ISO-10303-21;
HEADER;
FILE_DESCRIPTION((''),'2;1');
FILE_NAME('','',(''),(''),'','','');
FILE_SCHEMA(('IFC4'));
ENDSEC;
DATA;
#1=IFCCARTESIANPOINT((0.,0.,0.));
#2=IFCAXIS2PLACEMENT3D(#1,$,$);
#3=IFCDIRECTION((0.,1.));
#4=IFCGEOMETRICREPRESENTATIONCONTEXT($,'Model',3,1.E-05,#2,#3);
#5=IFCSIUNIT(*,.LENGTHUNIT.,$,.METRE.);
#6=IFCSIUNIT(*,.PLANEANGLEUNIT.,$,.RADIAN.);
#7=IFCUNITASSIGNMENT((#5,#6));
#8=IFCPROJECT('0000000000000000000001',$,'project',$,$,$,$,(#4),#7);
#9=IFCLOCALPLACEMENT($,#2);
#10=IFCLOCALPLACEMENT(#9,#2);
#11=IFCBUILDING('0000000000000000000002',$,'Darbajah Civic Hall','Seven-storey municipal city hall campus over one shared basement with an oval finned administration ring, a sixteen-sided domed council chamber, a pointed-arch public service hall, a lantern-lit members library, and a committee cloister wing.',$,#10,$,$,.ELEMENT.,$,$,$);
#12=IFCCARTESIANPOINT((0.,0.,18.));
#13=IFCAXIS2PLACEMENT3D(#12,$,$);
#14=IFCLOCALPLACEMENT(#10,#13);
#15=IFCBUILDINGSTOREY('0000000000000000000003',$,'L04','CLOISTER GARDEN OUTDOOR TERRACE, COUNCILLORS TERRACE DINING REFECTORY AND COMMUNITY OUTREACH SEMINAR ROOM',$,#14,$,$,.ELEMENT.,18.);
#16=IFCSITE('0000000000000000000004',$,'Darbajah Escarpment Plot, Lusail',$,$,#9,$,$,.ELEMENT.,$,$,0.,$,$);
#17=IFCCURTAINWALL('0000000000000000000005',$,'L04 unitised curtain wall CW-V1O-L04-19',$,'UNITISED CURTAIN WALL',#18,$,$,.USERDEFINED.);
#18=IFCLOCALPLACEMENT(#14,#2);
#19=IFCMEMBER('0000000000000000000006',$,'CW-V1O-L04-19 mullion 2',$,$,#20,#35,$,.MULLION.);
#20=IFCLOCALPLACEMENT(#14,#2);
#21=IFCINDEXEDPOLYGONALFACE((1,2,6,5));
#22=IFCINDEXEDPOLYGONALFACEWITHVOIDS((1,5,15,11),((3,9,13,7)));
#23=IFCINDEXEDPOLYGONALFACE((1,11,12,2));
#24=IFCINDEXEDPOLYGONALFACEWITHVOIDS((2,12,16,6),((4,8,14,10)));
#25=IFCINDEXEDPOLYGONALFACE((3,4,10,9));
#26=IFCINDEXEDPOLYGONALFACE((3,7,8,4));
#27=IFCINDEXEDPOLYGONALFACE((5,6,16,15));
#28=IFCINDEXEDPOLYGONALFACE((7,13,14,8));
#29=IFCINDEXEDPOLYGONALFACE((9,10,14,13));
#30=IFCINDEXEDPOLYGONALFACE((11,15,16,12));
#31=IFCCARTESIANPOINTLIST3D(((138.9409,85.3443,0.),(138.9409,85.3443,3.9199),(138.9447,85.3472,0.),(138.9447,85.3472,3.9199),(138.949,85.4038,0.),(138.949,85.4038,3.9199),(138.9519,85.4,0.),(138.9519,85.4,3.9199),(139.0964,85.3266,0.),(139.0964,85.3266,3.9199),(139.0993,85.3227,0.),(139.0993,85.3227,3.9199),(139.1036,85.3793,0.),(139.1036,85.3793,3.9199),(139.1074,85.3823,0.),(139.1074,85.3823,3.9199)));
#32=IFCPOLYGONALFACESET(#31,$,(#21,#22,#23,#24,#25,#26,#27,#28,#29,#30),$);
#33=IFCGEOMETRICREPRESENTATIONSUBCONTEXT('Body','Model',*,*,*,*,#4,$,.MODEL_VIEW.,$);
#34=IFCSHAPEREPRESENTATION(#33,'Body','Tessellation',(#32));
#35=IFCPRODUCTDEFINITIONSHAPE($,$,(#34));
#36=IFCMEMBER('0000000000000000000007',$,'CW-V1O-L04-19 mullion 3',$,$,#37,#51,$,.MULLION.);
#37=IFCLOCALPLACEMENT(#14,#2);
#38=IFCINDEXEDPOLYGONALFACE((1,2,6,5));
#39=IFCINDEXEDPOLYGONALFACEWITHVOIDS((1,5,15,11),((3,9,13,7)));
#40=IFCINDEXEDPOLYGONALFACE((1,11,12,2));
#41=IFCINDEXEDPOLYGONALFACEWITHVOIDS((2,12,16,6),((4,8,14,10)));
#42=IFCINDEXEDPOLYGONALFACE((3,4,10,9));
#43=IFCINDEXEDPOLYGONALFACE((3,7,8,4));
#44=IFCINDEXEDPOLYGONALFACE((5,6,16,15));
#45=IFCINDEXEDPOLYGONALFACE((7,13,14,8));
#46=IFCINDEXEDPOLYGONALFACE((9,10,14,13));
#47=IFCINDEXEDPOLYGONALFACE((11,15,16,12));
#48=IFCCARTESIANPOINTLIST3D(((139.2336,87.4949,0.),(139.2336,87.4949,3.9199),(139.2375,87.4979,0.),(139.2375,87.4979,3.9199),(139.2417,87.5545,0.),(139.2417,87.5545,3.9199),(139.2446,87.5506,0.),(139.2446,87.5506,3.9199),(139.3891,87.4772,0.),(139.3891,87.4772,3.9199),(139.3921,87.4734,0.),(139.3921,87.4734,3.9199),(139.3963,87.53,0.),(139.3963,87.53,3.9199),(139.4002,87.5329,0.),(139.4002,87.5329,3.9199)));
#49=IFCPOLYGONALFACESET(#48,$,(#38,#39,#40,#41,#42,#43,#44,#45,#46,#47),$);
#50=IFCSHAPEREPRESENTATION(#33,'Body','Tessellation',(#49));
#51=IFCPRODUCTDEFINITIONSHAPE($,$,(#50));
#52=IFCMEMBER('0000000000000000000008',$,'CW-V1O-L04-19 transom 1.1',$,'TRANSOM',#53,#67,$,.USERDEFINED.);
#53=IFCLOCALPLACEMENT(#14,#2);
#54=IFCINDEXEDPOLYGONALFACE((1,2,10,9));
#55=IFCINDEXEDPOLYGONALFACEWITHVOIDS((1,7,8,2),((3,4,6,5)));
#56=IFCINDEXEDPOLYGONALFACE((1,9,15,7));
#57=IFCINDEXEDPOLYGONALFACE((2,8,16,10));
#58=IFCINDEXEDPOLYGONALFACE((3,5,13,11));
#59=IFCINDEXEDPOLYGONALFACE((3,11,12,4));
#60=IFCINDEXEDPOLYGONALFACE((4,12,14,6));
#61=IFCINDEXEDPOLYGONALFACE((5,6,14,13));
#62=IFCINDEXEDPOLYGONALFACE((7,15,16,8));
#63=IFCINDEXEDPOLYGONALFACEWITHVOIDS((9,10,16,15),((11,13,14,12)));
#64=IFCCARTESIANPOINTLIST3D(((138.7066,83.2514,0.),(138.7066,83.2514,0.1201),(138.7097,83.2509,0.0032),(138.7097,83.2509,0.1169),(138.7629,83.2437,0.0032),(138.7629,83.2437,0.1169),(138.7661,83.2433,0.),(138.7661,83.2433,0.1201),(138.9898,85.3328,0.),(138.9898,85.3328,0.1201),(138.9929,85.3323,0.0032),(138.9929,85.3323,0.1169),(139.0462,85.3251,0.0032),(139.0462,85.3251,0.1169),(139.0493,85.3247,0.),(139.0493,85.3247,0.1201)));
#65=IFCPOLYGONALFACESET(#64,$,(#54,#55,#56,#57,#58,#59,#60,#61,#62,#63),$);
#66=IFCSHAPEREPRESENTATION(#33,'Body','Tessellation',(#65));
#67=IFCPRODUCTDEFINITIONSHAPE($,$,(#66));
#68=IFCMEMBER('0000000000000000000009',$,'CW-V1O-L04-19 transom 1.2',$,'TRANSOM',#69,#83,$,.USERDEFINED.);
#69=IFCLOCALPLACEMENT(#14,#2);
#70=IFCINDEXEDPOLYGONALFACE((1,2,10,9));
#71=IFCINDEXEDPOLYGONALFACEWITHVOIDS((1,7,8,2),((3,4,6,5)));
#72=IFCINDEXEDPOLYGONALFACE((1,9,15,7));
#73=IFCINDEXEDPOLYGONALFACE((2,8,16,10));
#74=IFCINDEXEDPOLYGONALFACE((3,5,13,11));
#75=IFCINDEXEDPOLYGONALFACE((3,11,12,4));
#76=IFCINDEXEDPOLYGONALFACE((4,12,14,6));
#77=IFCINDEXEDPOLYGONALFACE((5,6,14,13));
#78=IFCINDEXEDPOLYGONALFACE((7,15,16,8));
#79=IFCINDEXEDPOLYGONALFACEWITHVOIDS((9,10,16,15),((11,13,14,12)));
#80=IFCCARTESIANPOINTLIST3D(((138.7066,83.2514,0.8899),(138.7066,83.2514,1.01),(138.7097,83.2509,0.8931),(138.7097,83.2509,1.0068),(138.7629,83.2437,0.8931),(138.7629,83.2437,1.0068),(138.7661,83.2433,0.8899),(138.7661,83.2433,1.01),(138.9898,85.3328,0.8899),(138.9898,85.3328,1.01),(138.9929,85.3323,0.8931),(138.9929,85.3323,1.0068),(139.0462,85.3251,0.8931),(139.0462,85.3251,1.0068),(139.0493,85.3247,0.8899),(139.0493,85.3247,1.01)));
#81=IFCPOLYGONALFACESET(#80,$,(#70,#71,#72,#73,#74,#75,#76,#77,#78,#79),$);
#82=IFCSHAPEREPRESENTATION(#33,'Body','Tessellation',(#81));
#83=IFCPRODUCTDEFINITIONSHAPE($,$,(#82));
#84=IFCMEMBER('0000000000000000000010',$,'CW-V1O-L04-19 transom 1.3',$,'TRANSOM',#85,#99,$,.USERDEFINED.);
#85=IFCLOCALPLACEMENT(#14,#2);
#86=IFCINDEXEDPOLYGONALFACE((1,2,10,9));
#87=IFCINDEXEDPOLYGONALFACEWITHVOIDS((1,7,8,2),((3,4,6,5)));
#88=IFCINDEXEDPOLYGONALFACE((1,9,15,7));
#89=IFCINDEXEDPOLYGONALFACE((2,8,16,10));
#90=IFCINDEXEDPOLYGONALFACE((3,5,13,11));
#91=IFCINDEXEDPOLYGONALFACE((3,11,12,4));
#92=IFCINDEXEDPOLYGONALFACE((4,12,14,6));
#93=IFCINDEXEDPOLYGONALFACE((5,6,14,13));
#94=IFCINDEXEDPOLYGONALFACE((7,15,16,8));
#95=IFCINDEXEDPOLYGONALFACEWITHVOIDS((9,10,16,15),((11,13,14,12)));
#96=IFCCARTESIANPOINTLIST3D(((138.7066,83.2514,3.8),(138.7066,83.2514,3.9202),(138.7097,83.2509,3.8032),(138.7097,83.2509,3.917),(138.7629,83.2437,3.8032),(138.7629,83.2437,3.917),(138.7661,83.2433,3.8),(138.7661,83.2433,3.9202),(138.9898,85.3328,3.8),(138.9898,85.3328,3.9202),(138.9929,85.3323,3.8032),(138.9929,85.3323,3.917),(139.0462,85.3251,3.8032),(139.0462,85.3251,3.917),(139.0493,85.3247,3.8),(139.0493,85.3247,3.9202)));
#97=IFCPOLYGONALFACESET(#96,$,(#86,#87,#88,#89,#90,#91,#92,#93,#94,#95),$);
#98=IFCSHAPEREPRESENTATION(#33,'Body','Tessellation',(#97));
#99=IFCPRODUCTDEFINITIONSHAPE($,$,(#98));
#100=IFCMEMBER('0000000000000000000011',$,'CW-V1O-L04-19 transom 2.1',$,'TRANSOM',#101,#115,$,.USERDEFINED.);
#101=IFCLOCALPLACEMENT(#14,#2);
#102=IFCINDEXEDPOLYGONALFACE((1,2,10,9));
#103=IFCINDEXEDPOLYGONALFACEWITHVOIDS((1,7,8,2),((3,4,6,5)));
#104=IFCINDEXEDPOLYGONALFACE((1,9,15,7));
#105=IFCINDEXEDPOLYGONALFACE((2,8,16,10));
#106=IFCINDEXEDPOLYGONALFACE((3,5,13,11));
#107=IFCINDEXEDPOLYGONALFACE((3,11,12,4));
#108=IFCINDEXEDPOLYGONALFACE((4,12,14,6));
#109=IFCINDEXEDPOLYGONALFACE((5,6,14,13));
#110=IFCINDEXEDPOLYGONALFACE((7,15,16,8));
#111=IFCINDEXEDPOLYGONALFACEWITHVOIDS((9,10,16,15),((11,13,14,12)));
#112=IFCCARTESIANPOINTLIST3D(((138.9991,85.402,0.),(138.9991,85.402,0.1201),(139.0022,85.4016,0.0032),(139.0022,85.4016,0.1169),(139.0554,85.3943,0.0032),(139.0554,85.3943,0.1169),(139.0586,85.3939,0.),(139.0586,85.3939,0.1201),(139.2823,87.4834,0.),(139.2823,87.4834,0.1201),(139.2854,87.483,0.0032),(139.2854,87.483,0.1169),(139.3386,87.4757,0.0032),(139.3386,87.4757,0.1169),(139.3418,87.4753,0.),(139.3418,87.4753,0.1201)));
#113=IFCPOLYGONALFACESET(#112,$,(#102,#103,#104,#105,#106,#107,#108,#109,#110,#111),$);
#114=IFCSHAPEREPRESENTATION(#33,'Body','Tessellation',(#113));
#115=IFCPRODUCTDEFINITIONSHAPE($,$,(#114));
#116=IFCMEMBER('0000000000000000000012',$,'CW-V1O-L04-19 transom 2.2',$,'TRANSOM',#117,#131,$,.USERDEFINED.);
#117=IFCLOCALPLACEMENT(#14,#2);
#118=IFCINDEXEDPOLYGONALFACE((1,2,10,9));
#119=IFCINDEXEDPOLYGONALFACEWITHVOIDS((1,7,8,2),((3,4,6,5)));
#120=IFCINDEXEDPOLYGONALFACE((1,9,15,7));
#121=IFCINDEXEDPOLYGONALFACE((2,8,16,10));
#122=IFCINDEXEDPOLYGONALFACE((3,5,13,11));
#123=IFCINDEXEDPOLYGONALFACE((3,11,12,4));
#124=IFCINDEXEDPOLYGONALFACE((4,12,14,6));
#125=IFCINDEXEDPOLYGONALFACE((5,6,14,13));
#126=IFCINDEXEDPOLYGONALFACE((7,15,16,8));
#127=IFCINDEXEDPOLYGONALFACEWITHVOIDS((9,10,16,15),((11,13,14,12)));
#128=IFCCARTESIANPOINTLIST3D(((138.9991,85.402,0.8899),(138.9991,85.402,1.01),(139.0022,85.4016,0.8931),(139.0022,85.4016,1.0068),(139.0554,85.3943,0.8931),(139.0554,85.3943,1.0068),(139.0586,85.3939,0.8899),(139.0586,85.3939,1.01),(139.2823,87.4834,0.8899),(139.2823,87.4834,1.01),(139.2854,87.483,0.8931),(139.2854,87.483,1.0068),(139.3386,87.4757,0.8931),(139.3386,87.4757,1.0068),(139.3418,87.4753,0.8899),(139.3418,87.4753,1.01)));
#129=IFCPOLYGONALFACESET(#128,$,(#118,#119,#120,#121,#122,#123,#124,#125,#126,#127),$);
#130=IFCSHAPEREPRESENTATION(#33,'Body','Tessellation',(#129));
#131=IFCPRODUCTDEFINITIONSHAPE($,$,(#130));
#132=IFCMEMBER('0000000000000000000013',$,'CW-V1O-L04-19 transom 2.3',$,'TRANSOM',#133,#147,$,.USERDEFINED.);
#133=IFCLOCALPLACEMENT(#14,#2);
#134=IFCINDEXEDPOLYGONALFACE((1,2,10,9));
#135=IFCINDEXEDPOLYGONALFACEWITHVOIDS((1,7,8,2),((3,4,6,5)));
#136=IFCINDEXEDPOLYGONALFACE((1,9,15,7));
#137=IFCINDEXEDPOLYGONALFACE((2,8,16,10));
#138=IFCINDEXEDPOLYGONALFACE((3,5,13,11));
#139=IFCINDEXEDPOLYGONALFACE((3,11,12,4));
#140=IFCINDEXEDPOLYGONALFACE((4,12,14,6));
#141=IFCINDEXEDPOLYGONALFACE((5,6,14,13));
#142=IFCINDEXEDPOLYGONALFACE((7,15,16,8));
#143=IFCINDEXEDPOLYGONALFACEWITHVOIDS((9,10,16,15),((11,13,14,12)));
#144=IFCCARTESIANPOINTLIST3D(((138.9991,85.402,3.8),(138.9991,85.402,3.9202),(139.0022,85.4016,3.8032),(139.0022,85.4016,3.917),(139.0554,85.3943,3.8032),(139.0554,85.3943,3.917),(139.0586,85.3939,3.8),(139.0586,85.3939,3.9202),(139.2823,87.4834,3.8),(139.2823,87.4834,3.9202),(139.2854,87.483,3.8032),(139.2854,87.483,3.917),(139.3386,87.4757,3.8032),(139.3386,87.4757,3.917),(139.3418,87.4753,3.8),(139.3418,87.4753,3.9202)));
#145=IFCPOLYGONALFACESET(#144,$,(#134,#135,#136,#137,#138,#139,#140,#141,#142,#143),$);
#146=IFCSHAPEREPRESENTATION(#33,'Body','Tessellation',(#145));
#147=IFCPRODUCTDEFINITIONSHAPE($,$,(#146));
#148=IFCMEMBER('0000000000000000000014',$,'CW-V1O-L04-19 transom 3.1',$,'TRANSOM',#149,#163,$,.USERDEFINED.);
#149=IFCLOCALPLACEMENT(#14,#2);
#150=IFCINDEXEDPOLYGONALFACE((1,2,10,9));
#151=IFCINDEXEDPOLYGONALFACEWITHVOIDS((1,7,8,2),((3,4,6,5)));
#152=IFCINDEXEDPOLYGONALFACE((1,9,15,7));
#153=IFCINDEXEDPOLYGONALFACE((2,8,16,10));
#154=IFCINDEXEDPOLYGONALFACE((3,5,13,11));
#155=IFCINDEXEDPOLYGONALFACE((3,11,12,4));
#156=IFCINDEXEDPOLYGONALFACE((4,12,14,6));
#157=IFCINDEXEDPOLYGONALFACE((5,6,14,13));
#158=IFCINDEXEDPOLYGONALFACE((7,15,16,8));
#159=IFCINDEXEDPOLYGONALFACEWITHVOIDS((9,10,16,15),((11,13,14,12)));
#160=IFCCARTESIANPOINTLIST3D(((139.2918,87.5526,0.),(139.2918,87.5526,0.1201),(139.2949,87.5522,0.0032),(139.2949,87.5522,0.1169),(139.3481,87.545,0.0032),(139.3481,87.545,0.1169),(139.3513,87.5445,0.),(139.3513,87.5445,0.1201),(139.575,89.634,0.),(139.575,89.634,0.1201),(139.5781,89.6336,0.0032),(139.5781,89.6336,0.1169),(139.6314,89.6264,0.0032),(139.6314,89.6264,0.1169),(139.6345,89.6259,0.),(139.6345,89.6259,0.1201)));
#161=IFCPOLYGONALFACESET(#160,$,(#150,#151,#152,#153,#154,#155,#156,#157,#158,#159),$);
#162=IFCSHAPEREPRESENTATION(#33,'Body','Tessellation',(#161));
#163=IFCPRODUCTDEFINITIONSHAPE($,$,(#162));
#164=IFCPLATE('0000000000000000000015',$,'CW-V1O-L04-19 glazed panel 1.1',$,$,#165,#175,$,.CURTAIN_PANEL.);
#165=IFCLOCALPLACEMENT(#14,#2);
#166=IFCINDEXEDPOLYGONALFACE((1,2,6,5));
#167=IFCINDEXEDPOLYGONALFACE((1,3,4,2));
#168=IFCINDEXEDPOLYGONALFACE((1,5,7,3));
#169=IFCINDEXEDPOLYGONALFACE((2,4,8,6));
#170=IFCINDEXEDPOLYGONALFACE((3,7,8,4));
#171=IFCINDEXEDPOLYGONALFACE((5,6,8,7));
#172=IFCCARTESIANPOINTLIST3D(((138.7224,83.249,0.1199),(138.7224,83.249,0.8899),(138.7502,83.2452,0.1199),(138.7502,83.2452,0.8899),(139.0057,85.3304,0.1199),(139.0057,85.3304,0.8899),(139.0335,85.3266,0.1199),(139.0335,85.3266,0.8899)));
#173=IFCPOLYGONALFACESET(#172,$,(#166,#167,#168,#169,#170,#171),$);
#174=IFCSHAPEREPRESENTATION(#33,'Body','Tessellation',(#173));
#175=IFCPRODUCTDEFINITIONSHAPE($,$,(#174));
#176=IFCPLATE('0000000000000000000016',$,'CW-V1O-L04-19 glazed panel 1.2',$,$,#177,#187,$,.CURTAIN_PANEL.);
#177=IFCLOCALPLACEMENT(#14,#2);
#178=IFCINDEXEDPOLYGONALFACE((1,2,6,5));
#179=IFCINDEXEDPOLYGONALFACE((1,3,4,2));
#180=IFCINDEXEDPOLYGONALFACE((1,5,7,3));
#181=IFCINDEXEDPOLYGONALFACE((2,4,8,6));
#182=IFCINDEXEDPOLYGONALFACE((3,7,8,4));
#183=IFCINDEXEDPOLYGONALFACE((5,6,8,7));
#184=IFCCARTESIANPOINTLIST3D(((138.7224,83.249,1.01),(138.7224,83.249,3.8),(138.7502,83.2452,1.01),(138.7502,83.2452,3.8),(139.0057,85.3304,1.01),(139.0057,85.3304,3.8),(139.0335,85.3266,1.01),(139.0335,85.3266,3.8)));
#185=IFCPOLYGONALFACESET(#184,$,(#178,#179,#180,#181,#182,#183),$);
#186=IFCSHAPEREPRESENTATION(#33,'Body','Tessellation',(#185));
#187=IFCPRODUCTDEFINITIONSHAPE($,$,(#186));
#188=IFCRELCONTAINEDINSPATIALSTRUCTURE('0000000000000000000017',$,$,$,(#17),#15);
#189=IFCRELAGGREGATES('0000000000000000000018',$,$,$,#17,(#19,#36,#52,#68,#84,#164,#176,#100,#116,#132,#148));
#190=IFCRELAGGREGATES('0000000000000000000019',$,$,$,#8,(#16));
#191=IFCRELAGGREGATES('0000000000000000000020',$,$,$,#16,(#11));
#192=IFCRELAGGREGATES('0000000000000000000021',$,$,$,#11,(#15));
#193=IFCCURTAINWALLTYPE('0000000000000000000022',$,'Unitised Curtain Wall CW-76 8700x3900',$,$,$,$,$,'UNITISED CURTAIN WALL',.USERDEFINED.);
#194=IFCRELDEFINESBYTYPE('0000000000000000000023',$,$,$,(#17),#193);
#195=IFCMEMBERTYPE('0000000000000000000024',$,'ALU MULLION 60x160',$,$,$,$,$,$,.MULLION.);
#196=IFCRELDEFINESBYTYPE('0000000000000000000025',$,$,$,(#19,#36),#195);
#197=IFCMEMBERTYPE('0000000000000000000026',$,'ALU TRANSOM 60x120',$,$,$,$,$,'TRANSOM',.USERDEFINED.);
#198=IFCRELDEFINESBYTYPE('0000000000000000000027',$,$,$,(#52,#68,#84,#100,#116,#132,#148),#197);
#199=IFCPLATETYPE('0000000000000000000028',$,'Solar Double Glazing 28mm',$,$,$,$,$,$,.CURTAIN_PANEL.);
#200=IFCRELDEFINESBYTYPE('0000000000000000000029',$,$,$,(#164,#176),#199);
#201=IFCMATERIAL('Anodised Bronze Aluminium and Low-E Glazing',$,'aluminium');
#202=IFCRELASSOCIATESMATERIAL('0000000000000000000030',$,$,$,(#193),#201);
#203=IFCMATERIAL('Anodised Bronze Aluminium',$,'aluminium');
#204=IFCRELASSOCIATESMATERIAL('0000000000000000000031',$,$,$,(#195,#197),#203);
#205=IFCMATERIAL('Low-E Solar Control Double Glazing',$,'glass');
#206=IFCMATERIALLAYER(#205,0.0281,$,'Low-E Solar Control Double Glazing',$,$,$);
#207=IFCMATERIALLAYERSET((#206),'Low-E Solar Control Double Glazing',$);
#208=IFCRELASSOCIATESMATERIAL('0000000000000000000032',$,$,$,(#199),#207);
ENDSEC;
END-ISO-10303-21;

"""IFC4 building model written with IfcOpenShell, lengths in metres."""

from ifc_helpers import new_model, si_unit, direction, frame, origin, origin_2d, place, context, subcontext, project, spatial, rectangle, hollow_rectangle, extrude, material, layer, layer_set, material_profile, profile_set, type_object, element, aggregate, save


model = new_model("IFC4")

# Units and contexts
model_context = context("Model", 3, precision=1e-05, world=origin(), true_north=direction((0.0, 1.0)))
body_context = subcontext(model_context, "Body", "Model", "MODEL_VIEW")
ifc_project = project(units=[si_unit("LENGTHUNIT", "METRE"), si_unit("PLANEANGLEUNIT", "RADIAN")], contexts=[model_context])

# Site, building, storey
site_placement = place(None, origin())
site = spatial("IfcSite", under=ifc_project, at=site_placement, Name="Darbajah Escarpment Plot, Lusail", CompositionType="ELEMENT", RefElevation=0.0)
building_placement = place(site_placement, origin())
building = spatial("IfcBuilding", under=site, at=building_placement, Name="Darbajah Civic Hall", Description="Seven-storey municipal city hall campus over one shared basement with an oval finned administration ring, a sixteen-sided domed council chamber, a pointed-arch public service hall, a lantern-lit members library, and a committee cloister wing.", CompositionType="ELEMENT")
storey_placement = place(building_placement, frame((0.0, 0.0, 18.0)))
storey = spatial("IfcBuildingStorey", under=building, at=storey_placement, Name="L04", Description="CLOISTER GARDEN OUTDOOR TERRACE, COUNCILLORS TERRACE DINING REFECTORY AND COMMUNITY OUTREACH SEMINAR ROOM", CompositionType="ELEMENT", Elevation=18.0)

# Curtain wall, members, plates
ifc_material_1 = material(Name="Anodised Bronze Aluminium and Low-E Glazing", Category="aluminium")
curtain_wall_type = type_object("IfcCurtainWallType", Name="Unitised Curtain Wall CW-76 8700x3900", ElementType="UNITISED CURTAIN WALL", PredefinedType="USERDEFINED", material=ifc_material_1)
curtain_wall_placement = place(storey_placement, origin())
curtain_wall = element("IfcCurtainWall", 1, at=curtain_wall_placement, inside=storey, type_object=curtain_wall_type, Name="L04 unitised curtain wall CW-V1O-L04-19", ObjectType="UNITISED CURTAIN WALL", PredefinedType="USERDEFINED")
ifc_material_2 = material(Name="Anodised Bronze Aluminium", Category="aluminium")
ifc_material_profile_1 = material_profile(ifc_material_2, hollow_rectangle(XDim=0.0601, YDim=0.1599, WallThickness=0.0034, at=origin_2d()), Name="ALU MULLION 60x160")
ifc_profile_set_1 = profile_set([ifc_material_profile_1], Name="Anodised Bronze Aluminium")
member_type_1 = type_object("IfcMemberType", Name="ALU MULLION 60x160", PredefinedType="MULLION", material=ifc_profile_set_1)
member_1_placement = place(storey_placement, frame((139.0242, 85.3633, 0.0), z_axis=(0.0, 0.0, 1.0), x_axis=(0.134851, 0.990866, 0.0)))
member_1 = element("IfcMember", 2, at=member_1_placement, type_object=member_type_1, Name="CW-V1O-L04-19 mullion 2", PredefinedType="MULLION", context=body_context, shape_type="SweptSolid", body=[
    extrude(hollow_rectangle(XDim=0.0601, YDim=0.1599, WallThickness=0.0034, at=origin_2d()), origin(), (0.0, 0.0, 1.0), 3.9199),
])
member_2_placement = place(storey_placement, frame((139.3169, 87.5139, 0.0), z_axis=(0.0, 0.0, 1.0), x_axis=(0.134851, 0.990866, 0.0)))
member_2 = element("IfcMember", 3, at=member_2_placement, type_object=member_type_1, Name="CW-V1O-L04-19 mullion 3", PredefinedType="MULLION", context=body_context, shape_type="SweptSolid", body=[
    extrude(hollow_rectangle(XDim=0.0601, YDim=0.1599, WallThickness=0.0034, at=origin_2d()), origin(), (0.0, 0.0, 1.0), 3.9199),
])
ifc_material_profile_2 = material_profile(ifc_material_2, hollow_rectangle(XDim=0.0601, YDim=0.1201, WallThickness=0.0032, at=origin_2d()), Name="ALU TRANSOM 60x120")
ifc_profile_set_2 = profile_set([ifc_material_profile_2], Name="Anodised Bronze Aluminium")
member_type_2 = type_object("IfcMemberType", Name="ALU TRANSOM 60x120", ElementType="TRANSOM", PredefinedType="USERDEFINED", material=ifc_profile_set_2)
member_3_placement = place(storey_placement, frame((138.7363, 83.2473, 0.0601), z_axis=(0.134828, 0.990869, 0.0), x_axis=(-0.990869, 0.134828, 0.0)))
member_3 = element("IfcMember", 4, at=member_3_placement, type_object=member_type_2, Name="CW-V1O-L04-19 transom 1.1", ObjectType="TRANSOM", PredefinedType="USERDEFINED", context=body_context, shape_type="SweptSolid", body=[
    extrude(hollow_rectangle(XDim=0.0601, YDim=0.1201, WallThickness=0.0032, at=origin_2d()), origin(), (0.0, 0.0, 1.0), 2.1006),
])
member_4_placement = place(storey_placement, frame((138.7363, 83.2473, 0.95), z_axis=(0.134828, 0.990869, 0.0), x_axis=(-0.990869, 0.134828, 0.0)))
member_4 = element("IfcMember", 5, at=member_4_placement, type_object=member_type_2, Name="CW-V1O-L04-19 transom 1.2", ObjectType="TRANSOM", PredefinedType="USERDEFINED", context=body_context, shape_type="SweptSolid", body=[
    extrude(hollow_rectangle(XDim=0.0601, YDim=0.1201, WallThickness=0.0032, at=origin_2d()), origin(), (0.0, 0.0, 1.0), 2.1006),
])
member_5_placement = place(storey_placement, frame((138.7363, 83.2473, 3.8601), z_axis=(0.134828, 0.990869, 0.0), x_axis=(-0.990869, 0.134828, 0.0)))
member_5 = element("IfcMember", 6, at=member_5_placement, type_object=member_type_2, Name="CW-V1O-L04-19 transom 1.3", ObjectType="TRANSOM", PredefinedType="USERDEFINED", context=body_context, shape_type="SweptSolid", body=[
    extrude(hollow_rectangle(XDim=0.0601, YDim=0.1201, WallThickness=0.0032, at=origin_2d()), origin(), (0.0, 0.0, 1.0), 2.1006),
])
member_6_placement = place(storey_placement, frame((139.0288, 85.3979, 0.0601), z_axis=(0.134828, 0.990869, 0.0), x_axis=(-0.990869, 0.134828, 0.0)))
member_6 = element("IfcMember", 7, at=member_6_placement, type_object=member_type_2, Name="CW-V1O-L04-19 transom 2.1", ObjectType="TRANSOM", PredefinedType="USERDEFINED", context=body_context, shape_type="SweptSolid", body=[
    extrude(hollow_rectangle(XDim=0.0601, YDim=0.1201, WallThickness=0.0032, at=origin_2d()), origin(), (0.0, 0.0, 1.0), 2.1006),
])
member_7_placement = place(storey_placement, frame((139.0288, 85.3979, 0.95), z_axis=(0.134828, 0.990869, 0.0), x_axis=(-0.990869, 0.134828, 0.0)))
member_7 = element("IfcMember", 8, at=member_7_placement, type_object=member_type_2, Name="CW-V1O-L04-19 transom 2.2", ObjectType="TRANSOM", PredefinedType="USERDEFINED", context=body_context, shape_type="SweptSolid", body=[
    extrude(hollow_rectangle(XDim=0.0601, YDim=0.1201, WallThickness=0.0032, at=origin_2d()), origin(), (0.0, 0.0, 1.0), 2.1006),
])
member_8_placement = place(storey_placement, frame((139.0288, 85.3979, 3.8601), z_axis=(0.134828, 0.990869, 0.0), x_axis=(-0.990869, 0.134828, 0.0)))
member_8 = element("IfcMember", 9, at=member_8_placement, type_object=member_type_2, Name="CW-V1O-L04-19 transom 2.3", ObjectType="TRANSOM", PredefinedType="USERDEFINED", context=body_context, shape_type="SweptSolid", body=[
    extrude(hollow_rectangle(XDim=0.0601, YDim=0.1201, WallThickness=0.0032, at=origin_2d()), origin(), (0.0, 0.0, 1.0), 2.1006),
])
member_9_placement = place(storey_placement, frame((139.3215, 87.5486, 0.0601), z_axis=(0.134828, 0.990869, 0.0), x_axis=(-0.990869, 0.134828, 0.0)))
member_9 = element("IfcMember", 10, at=member_9_placement, type_object=member_type_2, Name="CW-V1O-L04-19 transom 3.1", ObjectType="TRANSOM", PredefinedType="USERDEFINED", context=body_context, shape_type="SweptSolid", body=[
    extrude(hollow_rectangle(XDim=0.0601, YDim=0.1201, WallThickness=0.0032, at=origin_2d()), origin(), (0.0, 0.0, 1.0), 2.1006),
])
ifc_material_3 = material(Name="Low-E Solar Control Double Glazing", Category="glass")
ifc_layer = layer(ifc_material_3, 0.0281, Name="Low-E Solar Control Double Glazing")
ifc_layer_set = layer_set([ifc_layer], Name="Low-E Solar Control Double Glazing")
plate_type = type_object("IfcPlateType", Name="Solar Double Glazing 28mm", PredefinedType="CURTAIN_PANEL", material=ifc_layer_set)
plate_1_placement = place(storey_placement, frame((138.8779, 84.2878, 0.1199), z_axis=(0.0, 0.0, 1.0), x_axis=(0.134851, 0.990866, 0.0)))
plate_1 = element("IfcPlate", 11, at=plate_1_placement, type_object=plate_type, Name="CW-V1O-L04-19 glazed panel 1.1", PredefinedType="CURTAIN_PANEL", context=body_context, shape_type="SweptSolid", body=[
    extrude(rectangle(XDim=2.1006, YDim=0.0281, at=origin_2d()), origin(), (0.0, 0.0, 1.0), 0.77),
])
plate_2_placement = place(storey_placement, frame((138.8779, 84.2878, 1.01), z_axis=(0.0, 0.0, 1.0), x_axis=(0.134851, 0.990866, 0.0)))
plate_2 = element("IfcPlate", 12, at=plate_2_placement, type_object=plate_type, Name="CW-V1O-L04-19 glazed panel 1.2", PredefinedType="CURTAIN_PANEL", context=body_context, shape_type="SweptSolid", body=[
    extrude(rectangle(XDim=2.1006, YDim=0.0281, at=origin_2d()), origin(), (0.0, 0.0, 1.0), 2.79),
])
aggregate(curtain_wall, [member_1, member_2, member_3, member_4, member_5, plate_1, plate_2, member_6, member_7, member_8, member_9])

save(model, "model.ifc")
